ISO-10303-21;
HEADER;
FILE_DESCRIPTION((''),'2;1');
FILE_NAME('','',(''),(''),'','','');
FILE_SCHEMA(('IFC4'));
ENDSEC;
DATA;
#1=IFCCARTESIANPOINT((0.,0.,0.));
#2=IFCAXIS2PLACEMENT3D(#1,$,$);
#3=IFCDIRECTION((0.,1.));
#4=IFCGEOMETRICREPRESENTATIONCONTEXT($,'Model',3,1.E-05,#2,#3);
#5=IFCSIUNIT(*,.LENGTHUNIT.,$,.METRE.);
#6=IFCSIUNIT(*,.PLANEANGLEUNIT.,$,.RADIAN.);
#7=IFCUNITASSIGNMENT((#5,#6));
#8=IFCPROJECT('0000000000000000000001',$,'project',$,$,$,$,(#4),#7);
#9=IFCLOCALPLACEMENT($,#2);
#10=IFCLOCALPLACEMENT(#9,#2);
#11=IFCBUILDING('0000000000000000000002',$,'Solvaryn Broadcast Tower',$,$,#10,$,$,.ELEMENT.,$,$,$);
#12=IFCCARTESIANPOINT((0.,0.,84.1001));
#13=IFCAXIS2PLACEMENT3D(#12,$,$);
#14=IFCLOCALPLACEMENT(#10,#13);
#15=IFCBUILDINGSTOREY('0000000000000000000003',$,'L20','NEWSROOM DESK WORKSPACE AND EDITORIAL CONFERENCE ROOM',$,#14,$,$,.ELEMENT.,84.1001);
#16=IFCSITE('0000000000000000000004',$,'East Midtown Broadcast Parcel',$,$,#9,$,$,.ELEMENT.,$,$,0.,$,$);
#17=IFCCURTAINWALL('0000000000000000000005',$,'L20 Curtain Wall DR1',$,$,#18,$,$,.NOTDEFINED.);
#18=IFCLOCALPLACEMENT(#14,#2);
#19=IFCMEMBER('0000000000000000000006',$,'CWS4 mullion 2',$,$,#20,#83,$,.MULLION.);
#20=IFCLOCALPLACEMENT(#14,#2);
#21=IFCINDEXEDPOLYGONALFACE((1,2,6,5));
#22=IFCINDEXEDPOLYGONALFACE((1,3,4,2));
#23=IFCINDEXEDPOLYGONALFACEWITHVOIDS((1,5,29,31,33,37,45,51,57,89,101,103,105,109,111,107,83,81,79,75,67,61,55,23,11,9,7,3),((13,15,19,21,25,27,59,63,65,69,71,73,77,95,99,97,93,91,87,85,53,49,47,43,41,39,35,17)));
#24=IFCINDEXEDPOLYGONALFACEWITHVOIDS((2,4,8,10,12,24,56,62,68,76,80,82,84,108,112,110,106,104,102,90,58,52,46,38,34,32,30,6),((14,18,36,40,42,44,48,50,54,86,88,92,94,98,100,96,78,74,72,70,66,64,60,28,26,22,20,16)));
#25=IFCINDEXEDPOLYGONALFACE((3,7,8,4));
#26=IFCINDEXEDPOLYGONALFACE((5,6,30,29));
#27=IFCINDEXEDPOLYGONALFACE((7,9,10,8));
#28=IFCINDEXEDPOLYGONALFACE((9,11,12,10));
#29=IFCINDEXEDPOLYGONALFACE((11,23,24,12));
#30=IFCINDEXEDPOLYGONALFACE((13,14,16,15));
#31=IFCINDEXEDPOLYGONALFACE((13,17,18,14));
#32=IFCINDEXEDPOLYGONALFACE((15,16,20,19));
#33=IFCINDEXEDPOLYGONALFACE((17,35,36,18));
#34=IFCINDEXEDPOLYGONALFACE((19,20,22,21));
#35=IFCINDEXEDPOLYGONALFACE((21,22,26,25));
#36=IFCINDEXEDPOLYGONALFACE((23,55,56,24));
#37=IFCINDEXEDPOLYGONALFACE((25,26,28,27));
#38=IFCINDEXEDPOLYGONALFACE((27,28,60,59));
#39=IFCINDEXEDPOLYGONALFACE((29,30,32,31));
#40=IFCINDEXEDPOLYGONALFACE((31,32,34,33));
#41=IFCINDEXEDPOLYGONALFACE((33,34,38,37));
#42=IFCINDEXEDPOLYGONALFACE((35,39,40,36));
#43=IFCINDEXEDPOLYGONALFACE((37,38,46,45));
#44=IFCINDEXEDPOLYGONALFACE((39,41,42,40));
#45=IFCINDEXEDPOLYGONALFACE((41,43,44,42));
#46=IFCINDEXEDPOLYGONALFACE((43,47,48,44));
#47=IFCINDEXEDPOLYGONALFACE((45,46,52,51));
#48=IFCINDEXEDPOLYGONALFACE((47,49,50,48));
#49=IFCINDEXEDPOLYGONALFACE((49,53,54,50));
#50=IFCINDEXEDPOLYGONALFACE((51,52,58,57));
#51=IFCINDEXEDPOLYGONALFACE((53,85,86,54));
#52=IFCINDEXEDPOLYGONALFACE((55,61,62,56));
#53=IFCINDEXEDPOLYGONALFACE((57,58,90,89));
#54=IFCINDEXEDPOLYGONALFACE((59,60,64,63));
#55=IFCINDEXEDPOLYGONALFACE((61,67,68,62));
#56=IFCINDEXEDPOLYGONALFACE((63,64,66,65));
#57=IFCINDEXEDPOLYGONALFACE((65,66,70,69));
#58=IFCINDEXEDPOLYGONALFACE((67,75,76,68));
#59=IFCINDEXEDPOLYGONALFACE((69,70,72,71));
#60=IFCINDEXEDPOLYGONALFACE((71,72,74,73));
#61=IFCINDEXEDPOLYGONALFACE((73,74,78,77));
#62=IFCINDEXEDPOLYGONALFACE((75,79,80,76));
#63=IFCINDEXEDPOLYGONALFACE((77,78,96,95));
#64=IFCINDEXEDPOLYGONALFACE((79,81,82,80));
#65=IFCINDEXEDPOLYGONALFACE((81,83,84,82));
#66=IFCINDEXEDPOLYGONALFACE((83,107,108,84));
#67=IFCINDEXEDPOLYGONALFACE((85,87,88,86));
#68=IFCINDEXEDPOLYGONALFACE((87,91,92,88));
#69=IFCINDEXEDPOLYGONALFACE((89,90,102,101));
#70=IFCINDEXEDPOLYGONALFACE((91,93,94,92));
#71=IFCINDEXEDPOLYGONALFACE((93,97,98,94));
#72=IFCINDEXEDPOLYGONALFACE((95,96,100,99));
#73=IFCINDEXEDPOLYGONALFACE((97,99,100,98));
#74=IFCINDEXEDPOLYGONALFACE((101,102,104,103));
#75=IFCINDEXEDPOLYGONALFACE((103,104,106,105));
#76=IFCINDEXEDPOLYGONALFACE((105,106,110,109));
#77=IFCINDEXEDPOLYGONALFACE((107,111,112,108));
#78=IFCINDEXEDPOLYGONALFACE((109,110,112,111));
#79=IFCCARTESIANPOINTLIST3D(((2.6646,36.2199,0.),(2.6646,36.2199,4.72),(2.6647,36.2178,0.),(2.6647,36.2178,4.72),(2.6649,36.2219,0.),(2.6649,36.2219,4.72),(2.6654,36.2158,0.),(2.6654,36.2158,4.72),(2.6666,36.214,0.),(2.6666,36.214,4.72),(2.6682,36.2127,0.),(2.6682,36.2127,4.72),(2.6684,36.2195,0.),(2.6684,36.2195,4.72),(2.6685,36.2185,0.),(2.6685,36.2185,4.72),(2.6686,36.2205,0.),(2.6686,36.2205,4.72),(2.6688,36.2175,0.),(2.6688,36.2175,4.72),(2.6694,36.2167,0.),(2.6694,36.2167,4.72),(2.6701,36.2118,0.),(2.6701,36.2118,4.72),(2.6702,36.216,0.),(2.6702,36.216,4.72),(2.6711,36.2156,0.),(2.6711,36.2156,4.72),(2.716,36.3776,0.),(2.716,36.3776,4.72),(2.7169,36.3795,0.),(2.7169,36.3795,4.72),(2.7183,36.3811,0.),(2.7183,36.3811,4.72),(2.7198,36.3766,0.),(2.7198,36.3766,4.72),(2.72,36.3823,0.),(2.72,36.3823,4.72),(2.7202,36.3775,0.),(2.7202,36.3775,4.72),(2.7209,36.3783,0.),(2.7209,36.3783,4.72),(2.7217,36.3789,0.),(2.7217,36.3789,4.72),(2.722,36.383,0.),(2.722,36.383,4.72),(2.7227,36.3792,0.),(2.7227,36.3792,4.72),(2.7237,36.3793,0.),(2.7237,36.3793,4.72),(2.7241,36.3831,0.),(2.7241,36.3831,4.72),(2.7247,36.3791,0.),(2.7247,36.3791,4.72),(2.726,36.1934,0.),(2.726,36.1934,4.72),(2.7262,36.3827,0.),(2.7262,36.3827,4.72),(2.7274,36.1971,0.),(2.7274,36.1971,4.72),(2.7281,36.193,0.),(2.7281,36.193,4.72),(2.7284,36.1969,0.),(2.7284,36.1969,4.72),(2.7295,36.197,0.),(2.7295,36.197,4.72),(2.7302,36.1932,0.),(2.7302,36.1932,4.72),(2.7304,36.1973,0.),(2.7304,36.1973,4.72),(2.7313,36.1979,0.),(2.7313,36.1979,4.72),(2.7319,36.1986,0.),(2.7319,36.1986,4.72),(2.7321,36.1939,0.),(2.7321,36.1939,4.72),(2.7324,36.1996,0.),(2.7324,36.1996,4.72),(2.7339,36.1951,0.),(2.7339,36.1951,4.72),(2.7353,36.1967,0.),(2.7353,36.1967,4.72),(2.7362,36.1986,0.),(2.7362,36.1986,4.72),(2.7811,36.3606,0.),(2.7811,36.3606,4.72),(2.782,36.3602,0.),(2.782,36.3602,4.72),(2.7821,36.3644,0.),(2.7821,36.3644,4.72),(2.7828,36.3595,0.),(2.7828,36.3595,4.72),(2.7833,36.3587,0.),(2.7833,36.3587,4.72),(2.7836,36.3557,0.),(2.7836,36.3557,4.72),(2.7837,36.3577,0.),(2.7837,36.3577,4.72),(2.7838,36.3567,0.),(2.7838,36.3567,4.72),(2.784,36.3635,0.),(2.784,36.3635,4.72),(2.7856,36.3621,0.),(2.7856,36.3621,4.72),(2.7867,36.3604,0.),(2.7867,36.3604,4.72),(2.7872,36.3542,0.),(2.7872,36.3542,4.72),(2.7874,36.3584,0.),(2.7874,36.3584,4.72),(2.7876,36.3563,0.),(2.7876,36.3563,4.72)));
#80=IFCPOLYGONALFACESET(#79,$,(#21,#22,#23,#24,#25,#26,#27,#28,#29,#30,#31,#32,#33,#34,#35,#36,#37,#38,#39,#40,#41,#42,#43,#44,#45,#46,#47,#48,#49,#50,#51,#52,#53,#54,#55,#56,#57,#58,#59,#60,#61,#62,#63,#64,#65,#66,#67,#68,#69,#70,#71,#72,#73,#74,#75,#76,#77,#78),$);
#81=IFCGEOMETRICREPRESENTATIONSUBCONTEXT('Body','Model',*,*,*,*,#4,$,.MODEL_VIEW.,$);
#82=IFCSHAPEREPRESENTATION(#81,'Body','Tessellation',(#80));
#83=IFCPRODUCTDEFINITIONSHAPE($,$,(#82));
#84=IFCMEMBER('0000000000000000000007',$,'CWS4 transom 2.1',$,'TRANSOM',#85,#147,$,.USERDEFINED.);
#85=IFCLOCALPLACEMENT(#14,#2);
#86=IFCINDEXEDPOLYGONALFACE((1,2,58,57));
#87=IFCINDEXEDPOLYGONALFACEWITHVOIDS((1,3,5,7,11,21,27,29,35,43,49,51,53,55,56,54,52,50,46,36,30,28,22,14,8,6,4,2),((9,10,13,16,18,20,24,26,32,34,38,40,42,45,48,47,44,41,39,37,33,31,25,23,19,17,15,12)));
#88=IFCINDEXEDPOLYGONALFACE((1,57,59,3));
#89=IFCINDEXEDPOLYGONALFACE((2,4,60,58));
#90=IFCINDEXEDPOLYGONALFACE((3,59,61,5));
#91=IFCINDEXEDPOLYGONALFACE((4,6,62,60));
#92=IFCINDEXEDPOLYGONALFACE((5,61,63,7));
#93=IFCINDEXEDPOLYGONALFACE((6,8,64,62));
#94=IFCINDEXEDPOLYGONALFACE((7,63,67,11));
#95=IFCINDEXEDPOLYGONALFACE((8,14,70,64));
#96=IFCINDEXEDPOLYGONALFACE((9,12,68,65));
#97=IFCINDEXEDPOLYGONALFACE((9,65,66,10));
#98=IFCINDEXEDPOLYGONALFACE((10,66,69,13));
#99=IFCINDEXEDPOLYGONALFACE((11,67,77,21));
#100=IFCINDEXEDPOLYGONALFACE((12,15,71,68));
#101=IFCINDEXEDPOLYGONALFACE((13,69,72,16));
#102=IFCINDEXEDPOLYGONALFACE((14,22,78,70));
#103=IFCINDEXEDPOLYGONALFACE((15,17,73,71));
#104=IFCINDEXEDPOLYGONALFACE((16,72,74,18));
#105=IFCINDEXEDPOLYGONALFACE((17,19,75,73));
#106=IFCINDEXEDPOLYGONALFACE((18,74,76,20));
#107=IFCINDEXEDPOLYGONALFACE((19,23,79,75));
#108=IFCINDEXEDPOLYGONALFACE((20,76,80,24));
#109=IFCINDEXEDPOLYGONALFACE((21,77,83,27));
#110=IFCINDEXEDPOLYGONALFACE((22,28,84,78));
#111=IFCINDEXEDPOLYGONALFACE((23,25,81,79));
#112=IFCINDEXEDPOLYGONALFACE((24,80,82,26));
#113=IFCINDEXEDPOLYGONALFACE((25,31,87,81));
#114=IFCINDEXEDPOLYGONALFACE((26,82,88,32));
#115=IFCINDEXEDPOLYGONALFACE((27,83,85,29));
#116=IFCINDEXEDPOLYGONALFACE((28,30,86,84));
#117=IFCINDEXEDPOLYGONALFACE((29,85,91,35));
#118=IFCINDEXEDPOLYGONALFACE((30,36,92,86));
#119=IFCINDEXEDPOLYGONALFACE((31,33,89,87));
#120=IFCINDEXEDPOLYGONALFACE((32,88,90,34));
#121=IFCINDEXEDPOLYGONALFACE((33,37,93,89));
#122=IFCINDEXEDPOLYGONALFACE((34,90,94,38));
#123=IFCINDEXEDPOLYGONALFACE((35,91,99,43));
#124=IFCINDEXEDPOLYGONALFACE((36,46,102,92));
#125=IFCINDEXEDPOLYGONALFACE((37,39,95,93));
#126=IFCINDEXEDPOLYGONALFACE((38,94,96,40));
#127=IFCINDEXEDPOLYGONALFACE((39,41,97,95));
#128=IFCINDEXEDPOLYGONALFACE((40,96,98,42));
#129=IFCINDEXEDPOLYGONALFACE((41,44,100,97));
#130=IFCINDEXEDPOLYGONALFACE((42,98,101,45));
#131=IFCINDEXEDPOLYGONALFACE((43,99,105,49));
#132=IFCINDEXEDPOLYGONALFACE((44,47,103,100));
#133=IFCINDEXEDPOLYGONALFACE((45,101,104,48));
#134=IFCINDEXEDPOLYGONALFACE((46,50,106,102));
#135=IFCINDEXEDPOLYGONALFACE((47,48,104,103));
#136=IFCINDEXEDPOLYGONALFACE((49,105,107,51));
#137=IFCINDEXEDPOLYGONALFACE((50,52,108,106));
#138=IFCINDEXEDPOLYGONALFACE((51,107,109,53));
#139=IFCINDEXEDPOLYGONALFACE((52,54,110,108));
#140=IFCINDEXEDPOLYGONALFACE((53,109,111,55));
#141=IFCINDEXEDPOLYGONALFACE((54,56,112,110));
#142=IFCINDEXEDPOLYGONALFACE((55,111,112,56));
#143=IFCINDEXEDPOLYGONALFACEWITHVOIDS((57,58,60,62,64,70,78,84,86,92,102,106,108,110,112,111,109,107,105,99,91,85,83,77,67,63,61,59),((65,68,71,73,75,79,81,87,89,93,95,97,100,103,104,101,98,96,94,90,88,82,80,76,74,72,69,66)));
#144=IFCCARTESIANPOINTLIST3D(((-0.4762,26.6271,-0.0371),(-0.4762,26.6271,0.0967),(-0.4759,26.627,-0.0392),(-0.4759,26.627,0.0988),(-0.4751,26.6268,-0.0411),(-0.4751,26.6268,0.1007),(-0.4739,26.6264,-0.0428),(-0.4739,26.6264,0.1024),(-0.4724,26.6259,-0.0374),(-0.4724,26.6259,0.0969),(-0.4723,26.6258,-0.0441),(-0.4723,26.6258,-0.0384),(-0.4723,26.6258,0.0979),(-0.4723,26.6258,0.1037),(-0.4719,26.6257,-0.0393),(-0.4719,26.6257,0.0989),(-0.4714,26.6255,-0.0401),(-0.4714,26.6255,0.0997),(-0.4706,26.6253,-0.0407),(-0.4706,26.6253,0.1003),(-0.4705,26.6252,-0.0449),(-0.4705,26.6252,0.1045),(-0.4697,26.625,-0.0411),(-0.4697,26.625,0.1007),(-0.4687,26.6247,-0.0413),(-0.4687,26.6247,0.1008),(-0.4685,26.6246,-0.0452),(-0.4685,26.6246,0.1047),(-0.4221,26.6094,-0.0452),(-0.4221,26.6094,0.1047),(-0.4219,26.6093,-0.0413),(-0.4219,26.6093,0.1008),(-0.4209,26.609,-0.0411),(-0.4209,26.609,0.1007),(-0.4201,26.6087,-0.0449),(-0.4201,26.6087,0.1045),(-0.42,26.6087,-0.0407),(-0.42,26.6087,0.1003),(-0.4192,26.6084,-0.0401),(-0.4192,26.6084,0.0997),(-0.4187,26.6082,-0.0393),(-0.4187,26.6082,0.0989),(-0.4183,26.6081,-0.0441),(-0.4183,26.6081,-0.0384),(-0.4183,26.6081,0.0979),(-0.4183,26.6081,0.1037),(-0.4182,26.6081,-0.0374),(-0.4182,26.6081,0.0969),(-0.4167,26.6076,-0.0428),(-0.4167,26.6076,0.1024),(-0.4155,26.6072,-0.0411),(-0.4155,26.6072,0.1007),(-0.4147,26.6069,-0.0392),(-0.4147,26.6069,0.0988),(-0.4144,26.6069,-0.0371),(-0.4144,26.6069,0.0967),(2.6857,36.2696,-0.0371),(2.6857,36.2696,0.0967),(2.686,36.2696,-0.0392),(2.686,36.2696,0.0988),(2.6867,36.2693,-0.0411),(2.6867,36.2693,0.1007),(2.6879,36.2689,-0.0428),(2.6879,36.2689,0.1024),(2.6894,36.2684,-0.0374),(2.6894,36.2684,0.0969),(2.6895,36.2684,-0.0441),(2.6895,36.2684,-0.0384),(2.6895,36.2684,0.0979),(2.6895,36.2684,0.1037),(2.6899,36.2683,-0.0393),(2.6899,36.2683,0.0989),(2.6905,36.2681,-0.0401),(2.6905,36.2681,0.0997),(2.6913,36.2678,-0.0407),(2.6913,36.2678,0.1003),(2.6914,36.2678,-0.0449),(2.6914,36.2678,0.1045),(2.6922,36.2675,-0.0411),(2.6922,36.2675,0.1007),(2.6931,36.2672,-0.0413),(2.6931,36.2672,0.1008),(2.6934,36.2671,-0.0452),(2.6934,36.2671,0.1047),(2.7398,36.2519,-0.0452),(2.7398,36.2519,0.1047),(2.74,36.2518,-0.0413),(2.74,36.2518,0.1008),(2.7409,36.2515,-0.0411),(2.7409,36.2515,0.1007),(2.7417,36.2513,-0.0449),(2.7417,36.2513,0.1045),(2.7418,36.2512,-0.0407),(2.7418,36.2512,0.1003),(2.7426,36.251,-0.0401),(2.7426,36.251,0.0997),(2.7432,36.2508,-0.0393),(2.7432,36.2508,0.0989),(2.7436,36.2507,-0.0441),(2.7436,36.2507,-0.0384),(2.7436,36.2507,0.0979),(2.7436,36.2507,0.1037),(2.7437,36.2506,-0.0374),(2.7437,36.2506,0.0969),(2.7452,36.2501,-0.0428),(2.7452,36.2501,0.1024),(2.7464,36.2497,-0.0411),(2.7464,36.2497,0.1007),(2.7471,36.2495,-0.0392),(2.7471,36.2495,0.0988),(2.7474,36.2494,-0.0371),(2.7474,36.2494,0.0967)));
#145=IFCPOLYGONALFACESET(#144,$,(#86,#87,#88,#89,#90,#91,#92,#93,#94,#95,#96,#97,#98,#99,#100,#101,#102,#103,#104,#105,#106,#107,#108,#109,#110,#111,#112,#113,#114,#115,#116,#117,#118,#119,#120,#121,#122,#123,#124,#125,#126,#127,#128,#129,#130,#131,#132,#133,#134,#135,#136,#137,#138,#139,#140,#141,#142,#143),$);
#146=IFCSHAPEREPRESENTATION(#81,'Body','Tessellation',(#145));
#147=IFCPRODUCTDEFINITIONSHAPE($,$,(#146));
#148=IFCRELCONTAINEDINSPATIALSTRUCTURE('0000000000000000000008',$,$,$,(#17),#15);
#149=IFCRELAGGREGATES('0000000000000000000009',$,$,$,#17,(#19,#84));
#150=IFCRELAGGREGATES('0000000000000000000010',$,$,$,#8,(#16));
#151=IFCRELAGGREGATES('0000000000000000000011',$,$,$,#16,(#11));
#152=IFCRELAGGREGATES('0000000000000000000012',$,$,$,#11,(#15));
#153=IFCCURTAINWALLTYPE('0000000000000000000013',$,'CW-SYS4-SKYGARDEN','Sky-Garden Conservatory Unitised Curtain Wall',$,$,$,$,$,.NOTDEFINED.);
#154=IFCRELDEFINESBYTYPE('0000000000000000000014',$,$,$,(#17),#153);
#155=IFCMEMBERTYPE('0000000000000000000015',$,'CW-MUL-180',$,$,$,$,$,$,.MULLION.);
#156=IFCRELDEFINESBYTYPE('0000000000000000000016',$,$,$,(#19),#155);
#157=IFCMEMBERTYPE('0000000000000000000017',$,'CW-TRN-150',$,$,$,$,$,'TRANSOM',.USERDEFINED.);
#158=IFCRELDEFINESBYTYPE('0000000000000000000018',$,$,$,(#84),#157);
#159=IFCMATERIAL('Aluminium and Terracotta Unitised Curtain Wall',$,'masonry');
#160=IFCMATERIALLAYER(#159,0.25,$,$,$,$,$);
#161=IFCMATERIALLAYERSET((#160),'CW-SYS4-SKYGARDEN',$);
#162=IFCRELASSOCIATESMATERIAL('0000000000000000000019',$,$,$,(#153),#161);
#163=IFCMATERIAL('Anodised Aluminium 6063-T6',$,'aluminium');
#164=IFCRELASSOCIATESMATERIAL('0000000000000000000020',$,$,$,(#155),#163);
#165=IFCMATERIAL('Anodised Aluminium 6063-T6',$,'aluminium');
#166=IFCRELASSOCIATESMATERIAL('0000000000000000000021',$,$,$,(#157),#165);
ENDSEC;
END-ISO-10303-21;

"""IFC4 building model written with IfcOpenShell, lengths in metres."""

from ifc_helpers import new_model, si_unit, direction, frame, origin, origin_2d, place, context, subcontext, project, spatial, hollow_rectangle, extrude, material, layer, layer_set, material_profile, profile_set, type_object, element, aggregate, save


model = new_model("IFC4")

# Units and contexts
model_context = context("Model", 3, precision=1e-05, world=origin(), true_north=direction((0.0, 1.0)))
body_context = subcontext(model_context, "Body", "Model", "MODEL_VIEW")
ifc_project = project(units=[si_unit("LENGTHUNIT", "METRE"), si_unit("PLANEANGLEUNIT", "RADIAN")], contexts=[model_context])

# Site, building, storey
site_placement = place(None, origin())
site = spatial("IfcSite", under=ifc_project, at=site_placement, Name="East Midtown Broadcast Parcel", CompositionType="ELEMENT", RefElevation=0.0)
building_placement = place(site_placement, origin())
building = spatial("IfcBuilding", under=site, at=building_placement, Name="Solvaryn Broadcast Tower", CompositionType="ELEMENT")
storey_placement = place(building_placement, frame((0.0, 0.0, 84.1001)))
storey = spatial("IfcBuildingStorey", under=building, at=storey_placement, Name="L20", Description="NEWSROOM DESK WORKSPACE AND EDITORIAL CONFERENCE ROOM", CompositionType="ELEMENT", Elevation=84.1001)

# Curtain wall, members
ifc_material_1 = material(Name="Aluminium and Terracotta Unitised Curtain Wall", Category="masonry")
ifc_layer_1 = layer(ifc_material_1, 0.25)
ifc_layer_set_1 = layer_set([ifc_layer_1], Name="CW-SYS4-SKYGARDEN")
curtain_wall_type = type_object("IfcCurtainWallType", Name="CW-SYS4-SKYGARDEN", Description="Sky-Garden Conservatory Unitised Curtain Wall", PredefinedType="NOTDEFINED", material=ifc_layer_set_1)
curtain_wall_placement = place(storey_placement, origin())
curtain_wall = element("IfcCurtainWall", 1, at=curtain_wall_placement, inside=storey, type_object=curtain_wall_type, Name="L20 Curtain Wall DR1", PredefinedType="NOTDEFINED")
ifc_material_2 = material(Name="Anodised Aluminium 6063-T6", Category="aluminium")
ifc_material_profile_1 = material_profile(ifc_material_2, hollow_rectangle(XDim=0.075, YDim=0.1799, WallThickness=0.0039, InnerFilletRadius=0.0039, OuterFilletRadius=0.0081, at=origin_2d()))
ifc_profile_set_1 = profile_set([ifc_material_profile_1], Name="Anodised Aluminium 6063-T6")
member_type_1 = type_object("IfcMemberType", Name="CW-MUL-180", PredefinedType="MULLION", material=ifc_profile_set_1)
member_1_placement = place(storey_placement, frame((2.7261, 36.2881, 0.0), z_axis=(0.0, 0.0, 1.0), x_axis=(0.950215, -0.311594, 0.0)))
member_1 = element("IfcMember", 2, at=member_1_placement, type_object=member_type_1, Name="CWS4 mullion 2", PredefinedType="MULLION", context=body_context, shape_type="SweptSolid", body=[
    extrude(hollow_rectangle(XDim=0.075, YDim=0.1799, WallThickness=0.0039, InnerFilletRadius=0.0039, OuterFilletRadius=0.0081, at=origin_2d()), origin(), (0.0, 0.0, 1.0), 4.72),
])
ifc_material_3 = material(Name="Anodised Aluminium 6063-T6", Category="aluminium")
ifc_material_profile_2 = material_profile(ifc_material_3, hollow_rectangle(XDim=0.0649, YDim=0.1499, WallThickness=0.0039, InnerFilletRadius=0.0039, OuterFilletRadius=0.0081, at=origin_2d()))
ifc_profile_set_2 = profile_set([ifc_material_profile_2], Name="Anodised Aluminium 6063-T6")
member_type_2 = type_object("IfcMemberType", Name="CW-TRN-150", ElementType="TRANSOM", PredefinedType="USERDEFINED", material=ifc_profile_set_2)
member_2_placement = place(storey_placement, frame((2.7166, 36.2595, 0.0298), z_axis=(-0.311583, -0.950219, 0.0), x_axis=(0.950219, -0.311583, 0.0)))
member_2 = element("IfcMember", 3, at=member_2_placement, type_object=member_type_2, Name="CWS4 transom 2.1", ObjectType="TRANSOM", PredefinedType="USERDEFINED", context=body_context, shape_type="SweptSolid", body=[
    extrude(hollow_rectangle(XDim=0.0649, YDim=0.1499, WallThickness=0.0039, InnerFilletRadius=0.0039, OuterFilletRadius=0.0081, at=origin_2d()), origin(), (0.0, 0.0, 1.0), 10.1477),
])
aggregate(curtain_wall, [member_1, member_2])

save(model, "model.ifc")
